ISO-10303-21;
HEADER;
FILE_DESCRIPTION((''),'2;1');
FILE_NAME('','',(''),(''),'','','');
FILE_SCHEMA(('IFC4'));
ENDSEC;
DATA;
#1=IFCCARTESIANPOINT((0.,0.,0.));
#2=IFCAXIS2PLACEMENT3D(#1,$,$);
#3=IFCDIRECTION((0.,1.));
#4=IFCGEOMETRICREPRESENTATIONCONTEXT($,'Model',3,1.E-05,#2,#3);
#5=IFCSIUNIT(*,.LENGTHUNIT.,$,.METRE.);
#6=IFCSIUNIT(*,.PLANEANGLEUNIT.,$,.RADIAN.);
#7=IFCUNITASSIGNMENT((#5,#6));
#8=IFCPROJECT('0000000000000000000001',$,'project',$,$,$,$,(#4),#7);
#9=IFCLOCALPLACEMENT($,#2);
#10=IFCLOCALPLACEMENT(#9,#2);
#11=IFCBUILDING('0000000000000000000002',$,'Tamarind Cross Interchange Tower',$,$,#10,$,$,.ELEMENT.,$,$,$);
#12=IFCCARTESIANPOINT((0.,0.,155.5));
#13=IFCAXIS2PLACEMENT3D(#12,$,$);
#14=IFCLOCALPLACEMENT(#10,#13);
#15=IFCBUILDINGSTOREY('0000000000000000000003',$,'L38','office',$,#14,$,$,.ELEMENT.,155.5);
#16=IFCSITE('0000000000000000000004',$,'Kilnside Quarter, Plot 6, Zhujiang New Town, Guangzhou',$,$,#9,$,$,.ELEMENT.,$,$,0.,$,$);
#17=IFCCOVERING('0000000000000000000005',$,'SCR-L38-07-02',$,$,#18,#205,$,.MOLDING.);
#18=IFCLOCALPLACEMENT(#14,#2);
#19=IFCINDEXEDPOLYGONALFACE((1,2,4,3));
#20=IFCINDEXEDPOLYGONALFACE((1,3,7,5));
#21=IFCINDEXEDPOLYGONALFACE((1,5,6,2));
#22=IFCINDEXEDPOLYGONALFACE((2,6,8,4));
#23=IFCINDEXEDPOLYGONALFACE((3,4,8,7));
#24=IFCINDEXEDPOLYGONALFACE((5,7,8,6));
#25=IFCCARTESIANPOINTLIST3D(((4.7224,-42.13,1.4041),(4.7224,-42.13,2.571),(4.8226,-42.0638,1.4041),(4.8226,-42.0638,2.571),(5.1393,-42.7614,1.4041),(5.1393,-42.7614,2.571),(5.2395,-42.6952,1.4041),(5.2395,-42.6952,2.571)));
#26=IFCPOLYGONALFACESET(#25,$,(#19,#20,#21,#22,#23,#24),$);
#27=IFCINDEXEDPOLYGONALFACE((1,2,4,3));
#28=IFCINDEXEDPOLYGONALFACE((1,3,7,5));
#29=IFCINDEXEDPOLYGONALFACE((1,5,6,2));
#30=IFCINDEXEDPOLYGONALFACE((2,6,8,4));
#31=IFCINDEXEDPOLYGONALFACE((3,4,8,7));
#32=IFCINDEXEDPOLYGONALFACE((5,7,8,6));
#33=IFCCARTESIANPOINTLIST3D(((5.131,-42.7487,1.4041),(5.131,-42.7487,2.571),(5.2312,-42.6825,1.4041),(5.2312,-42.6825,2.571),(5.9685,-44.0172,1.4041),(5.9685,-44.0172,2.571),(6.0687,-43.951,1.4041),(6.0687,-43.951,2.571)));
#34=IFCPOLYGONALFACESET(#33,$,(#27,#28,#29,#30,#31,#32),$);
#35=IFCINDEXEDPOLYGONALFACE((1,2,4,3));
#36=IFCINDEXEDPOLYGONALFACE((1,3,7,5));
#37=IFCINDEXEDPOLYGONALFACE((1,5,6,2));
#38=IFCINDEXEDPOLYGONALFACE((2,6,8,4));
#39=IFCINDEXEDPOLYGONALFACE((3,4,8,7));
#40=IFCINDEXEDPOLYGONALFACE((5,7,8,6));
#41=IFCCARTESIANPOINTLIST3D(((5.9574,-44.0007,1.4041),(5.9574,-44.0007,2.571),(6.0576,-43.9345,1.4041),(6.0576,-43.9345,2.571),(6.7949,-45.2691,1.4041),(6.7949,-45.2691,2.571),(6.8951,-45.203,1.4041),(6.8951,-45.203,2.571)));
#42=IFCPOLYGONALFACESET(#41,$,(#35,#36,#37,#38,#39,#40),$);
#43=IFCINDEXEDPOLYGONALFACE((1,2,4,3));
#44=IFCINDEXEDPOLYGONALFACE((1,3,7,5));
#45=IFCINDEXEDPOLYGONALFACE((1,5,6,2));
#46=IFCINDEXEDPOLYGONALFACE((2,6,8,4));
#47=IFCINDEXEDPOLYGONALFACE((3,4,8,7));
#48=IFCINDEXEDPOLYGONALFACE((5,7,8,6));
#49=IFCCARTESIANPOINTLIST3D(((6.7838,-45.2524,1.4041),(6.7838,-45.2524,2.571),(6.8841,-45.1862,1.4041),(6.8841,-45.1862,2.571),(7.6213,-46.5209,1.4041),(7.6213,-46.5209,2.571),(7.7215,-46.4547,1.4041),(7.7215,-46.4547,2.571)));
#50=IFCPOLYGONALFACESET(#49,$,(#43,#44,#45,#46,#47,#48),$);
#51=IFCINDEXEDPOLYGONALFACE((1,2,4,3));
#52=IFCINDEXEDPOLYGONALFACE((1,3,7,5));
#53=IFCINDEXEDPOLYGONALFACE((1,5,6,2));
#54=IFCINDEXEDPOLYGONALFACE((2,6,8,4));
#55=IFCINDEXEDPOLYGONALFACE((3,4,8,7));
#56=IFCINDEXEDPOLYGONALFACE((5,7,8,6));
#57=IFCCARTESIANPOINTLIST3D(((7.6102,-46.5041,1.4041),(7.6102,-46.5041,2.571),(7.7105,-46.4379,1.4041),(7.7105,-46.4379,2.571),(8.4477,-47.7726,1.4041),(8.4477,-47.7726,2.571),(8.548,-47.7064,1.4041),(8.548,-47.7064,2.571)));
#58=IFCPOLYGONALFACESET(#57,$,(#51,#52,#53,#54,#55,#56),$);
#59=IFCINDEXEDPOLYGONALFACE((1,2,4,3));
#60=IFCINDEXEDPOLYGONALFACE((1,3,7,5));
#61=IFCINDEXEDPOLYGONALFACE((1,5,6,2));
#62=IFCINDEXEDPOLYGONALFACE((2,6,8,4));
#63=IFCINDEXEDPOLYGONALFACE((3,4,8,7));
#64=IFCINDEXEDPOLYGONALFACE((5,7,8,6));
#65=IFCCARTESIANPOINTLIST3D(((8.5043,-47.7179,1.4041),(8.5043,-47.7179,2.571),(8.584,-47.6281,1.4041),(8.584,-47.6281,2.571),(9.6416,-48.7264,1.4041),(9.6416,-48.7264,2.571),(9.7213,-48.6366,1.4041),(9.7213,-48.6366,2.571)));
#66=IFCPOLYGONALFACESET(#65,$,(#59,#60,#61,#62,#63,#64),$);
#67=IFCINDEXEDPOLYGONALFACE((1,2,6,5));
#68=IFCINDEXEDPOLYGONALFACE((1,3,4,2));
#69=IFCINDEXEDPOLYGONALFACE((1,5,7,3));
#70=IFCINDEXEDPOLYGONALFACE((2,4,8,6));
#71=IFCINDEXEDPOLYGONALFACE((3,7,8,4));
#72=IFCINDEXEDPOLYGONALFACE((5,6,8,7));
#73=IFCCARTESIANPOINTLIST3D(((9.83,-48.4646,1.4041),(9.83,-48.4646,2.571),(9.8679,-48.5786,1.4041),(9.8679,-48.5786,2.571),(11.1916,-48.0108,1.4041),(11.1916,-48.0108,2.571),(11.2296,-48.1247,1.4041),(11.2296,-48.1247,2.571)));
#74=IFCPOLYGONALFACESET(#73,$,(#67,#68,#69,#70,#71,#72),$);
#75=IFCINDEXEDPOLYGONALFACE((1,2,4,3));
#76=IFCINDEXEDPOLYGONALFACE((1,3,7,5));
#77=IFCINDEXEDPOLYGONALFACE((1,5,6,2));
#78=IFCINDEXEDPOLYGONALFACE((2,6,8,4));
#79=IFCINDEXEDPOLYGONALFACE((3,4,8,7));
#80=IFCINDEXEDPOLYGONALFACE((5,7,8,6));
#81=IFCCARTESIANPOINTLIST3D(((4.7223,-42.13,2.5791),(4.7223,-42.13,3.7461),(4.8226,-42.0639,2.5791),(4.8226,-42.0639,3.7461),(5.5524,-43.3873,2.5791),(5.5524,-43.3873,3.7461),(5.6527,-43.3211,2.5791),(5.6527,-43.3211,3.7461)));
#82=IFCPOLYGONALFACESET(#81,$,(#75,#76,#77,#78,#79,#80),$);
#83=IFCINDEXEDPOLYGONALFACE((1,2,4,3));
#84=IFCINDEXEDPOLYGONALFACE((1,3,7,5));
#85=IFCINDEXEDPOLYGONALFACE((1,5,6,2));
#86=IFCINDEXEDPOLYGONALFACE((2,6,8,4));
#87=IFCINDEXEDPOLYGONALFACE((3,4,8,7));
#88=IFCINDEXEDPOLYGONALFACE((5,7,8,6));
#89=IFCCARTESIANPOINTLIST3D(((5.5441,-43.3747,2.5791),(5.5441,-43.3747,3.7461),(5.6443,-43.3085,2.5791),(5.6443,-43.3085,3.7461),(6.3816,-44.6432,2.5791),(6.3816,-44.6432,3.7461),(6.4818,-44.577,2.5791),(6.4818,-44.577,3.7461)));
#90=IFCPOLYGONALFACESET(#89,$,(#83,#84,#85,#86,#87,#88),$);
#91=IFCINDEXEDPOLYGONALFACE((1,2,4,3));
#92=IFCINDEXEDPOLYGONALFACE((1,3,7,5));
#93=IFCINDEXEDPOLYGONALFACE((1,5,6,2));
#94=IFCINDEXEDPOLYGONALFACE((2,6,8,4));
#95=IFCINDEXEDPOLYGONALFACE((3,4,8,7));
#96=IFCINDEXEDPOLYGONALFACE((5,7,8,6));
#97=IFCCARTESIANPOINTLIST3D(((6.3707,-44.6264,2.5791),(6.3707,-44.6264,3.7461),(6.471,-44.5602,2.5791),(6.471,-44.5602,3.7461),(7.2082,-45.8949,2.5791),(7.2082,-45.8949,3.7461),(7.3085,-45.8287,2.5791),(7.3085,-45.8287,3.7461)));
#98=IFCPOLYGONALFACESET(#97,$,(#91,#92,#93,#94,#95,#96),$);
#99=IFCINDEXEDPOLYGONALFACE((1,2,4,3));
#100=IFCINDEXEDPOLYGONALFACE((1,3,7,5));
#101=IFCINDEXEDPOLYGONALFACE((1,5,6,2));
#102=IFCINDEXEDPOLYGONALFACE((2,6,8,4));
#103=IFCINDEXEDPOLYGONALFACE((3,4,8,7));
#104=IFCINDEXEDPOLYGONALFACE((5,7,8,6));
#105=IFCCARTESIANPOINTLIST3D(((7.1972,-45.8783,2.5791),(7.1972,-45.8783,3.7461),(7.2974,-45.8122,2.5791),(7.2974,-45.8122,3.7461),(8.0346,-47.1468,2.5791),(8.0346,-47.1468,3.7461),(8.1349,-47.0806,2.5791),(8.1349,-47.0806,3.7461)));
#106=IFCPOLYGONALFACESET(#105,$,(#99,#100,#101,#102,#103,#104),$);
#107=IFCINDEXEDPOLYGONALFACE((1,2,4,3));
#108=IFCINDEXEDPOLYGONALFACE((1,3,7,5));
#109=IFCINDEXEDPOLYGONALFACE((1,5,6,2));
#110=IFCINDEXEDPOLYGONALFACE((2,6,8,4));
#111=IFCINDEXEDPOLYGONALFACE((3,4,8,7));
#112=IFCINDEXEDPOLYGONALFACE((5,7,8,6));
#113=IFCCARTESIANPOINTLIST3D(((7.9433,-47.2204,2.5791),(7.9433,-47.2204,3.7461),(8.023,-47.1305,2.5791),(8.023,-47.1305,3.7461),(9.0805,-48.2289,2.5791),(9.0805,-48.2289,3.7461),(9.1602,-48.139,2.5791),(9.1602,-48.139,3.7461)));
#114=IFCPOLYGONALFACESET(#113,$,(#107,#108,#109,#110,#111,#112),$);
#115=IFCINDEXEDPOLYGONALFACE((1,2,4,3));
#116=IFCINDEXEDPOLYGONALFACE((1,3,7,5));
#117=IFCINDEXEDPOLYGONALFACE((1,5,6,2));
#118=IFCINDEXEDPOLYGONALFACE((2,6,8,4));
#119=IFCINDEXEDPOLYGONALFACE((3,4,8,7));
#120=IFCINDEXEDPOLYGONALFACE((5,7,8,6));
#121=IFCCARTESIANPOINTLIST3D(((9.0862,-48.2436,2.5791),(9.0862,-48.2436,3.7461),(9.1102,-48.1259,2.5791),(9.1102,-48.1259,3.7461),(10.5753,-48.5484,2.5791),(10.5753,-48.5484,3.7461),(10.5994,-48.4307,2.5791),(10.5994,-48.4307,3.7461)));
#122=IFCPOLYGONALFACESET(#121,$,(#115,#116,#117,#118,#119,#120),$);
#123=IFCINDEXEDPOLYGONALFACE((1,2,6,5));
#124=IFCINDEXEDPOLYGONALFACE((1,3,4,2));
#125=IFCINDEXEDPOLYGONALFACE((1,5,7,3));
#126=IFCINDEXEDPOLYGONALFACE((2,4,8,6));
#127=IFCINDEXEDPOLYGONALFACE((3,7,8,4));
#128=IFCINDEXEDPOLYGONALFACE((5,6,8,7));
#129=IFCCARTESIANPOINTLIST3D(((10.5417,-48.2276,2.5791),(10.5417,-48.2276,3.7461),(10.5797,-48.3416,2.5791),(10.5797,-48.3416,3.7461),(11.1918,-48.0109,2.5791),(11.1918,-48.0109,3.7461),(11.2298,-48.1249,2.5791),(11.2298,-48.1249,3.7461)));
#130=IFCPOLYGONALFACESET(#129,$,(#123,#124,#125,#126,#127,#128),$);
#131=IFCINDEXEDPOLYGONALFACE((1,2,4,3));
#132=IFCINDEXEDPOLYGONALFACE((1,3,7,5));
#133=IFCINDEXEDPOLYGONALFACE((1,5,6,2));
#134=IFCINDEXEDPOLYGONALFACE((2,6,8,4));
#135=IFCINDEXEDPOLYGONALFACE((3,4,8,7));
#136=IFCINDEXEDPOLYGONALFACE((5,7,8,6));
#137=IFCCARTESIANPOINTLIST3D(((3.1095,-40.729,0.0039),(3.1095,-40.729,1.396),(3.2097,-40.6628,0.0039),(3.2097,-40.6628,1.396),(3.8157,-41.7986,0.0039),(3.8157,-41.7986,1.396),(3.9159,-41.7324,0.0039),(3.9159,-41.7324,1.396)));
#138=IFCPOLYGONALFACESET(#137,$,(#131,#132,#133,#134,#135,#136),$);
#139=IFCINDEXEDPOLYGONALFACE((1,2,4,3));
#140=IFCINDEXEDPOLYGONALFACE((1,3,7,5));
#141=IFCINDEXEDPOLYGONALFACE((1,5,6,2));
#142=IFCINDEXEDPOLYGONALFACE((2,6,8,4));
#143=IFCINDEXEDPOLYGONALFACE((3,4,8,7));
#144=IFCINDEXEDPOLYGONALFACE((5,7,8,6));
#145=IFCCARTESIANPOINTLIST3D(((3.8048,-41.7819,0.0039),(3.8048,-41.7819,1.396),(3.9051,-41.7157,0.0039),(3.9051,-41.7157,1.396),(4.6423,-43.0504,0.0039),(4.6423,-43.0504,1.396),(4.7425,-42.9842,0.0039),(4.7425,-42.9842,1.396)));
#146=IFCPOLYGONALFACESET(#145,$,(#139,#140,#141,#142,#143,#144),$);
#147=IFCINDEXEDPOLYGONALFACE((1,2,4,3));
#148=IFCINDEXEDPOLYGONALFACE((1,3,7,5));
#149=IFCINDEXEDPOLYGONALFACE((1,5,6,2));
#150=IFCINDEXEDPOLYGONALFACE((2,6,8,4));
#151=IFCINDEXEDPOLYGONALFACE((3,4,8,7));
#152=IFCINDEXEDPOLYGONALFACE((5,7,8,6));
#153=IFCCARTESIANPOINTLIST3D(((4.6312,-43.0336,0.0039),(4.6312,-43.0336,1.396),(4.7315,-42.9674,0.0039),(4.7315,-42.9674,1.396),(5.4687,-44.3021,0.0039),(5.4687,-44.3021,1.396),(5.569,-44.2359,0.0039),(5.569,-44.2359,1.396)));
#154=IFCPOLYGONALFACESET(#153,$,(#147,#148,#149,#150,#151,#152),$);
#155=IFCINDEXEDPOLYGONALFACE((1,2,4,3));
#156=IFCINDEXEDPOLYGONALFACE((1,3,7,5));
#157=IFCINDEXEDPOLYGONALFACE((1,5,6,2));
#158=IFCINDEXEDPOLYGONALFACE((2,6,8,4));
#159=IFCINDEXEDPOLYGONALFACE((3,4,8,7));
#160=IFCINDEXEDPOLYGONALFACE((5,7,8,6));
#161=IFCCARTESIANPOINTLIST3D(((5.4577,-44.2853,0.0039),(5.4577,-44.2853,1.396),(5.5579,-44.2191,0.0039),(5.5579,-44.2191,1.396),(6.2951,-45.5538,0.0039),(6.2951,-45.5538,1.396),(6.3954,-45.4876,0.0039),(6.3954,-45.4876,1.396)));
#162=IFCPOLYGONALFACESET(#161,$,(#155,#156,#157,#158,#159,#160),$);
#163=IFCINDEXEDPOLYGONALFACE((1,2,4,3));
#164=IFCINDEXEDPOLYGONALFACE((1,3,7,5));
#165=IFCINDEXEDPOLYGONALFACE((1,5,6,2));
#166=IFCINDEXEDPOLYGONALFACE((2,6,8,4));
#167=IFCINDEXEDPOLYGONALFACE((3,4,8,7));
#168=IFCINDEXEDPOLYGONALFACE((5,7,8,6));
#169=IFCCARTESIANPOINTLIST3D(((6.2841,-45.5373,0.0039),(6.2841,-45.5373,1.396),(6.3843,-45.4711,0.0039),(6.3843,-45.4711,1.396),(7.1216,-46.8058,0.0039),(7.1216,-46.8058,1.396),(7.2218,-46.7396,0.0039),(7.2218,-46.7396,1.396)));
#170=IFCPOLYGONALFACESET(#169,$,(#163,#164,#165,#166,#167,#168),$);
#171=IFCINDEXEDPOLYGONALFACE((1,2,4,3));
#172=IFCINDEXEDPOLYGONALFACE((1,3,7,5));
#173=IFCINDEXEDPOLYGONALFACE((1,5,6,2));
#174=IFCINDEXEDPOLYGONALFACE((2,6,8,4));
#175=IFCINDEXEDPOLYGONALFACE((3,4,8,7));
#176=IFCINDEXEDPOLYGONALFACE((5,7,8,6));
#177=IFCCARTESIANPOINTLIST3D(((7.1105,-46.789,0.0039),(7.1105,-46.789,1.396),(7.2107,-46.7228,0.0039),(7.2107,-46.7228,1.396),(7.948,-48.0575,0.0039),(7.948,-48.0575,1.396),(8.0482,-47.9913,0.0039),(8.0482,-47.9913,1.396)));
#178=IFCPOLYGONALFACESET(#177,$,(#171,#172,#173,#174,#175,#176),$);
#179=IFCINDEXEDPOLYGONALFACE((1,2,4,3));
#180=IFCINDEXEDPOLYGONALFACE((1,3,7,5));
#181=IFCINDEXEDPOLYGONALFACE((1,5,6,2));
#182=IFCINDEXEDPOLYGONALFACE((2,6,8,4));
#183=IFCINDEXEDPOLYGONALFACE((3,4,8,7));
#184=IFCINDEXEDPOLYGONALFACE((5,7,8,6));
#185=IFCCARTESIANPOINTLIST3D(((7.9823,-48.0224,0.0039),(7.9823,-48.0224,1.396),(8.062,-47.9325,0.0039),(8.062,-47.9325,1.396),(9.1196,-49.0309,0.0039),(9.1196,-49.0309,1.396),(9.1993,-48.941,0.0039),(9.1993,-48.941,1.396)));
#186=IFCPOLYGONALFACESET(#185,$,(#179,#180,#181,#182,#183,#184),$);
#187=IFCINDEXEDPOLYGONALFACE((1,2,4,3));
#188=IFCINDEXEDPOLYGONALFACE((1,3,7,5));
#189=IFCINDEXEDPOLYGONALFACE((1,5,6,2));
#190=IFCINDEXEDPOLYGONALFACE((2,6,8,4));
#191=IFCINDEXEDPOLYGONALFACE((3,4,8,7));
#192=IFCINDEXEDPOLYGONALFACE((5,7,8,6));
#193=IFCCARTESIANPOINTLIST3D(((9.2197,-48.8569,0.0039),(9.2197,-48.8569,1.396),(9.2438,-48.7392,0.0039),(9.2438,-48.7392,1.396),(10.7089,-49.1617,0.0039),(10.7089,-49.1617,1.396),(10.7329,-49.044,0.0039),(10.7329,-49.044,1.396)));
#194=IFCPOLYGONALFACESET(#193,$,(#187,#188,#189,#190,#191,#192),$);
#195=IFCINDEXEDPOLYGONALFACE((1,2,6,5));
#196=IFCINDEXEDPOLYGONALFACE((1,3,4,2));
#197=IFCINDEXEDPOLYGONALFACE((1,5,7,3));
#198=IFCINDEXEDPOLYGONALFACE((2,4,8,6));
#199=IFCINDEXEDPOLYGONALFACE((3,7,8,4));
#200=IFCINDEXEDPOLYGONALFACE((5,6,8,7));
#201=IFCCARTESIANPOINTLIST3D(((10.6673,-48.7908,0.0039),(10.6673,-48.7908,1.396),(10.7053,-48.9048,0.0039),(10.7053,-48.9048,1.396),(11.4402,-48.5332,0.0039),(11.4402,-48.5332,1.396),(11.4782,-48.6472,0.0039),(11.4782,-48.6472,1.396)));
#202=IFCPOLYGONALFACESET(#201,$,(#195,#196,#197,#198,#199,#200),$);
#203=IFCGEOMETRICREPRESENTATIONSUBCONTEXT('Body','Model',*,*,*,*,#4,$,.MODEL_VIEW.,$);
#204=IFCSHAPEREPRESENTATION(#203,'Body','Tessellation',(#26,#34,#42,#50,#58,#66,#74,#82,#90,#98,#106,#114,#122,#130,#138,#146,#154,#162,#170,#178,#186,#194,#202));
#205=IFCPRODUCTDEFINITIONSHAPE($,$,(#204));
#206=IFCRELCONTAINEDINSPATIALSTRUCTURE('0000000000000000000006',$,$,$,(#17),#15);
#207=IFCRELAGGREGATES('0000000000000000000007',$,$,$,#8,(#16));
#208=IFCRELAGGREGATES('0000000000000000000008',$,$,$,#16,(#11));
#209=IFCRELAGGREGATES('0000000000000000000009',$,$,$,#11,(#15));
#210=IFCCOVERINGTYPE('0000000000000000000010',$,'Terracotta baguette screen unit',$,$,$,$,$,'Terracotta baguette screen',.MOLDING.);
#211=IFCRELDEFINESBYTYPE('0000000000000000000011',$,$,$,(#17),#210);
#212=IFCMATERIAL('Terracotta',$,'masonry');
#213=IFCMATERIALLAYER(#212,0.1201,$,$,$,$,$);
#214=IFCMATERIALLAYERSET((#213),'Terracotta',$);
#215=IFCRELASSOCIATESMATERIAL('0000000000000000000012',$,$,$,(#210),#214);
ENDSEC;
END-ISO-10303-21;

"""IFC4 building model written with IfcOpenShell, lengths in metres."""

from ifc_helpers import new_model, si_unit, direction, frame, origin, origin_2d, place, context, subcontext, project, spatial, rectangle, extrude, material, layer, layer_set, type_object, element, save


model = new_model("IFC4")

# Units and contexts
model_context = context("Model", 3, precision=1e-05, world=origin(), true_north=direction((0.0, 1.0)))
body_context = subcontext(model_context, "Body", "Model", "MODEL_VIEW")
ifc_project = project(units=[si_unit("LENGTHUNIT", "METRE"), si_unit("PLANEANGLEUNIT", "RADIAN")], contexts=[model_context])

# Site, building, storey
site_placement = place(None, origin())
site = spatial("IfcSite", under=ifc_project, at=site_placement, Name="Kilnside Quarter, Plot 6, Zhujiang New Town, Guangzhou", CompositionType="ELEMENT", RefElevation=0.0)
building_placement = place(site_placement, origin())
building = spatial("IfcBuilding", under=site, at=building_placement, Name="Tamarind Cross Interchange Tower", CompositionType="ELEMENT")
storey_placement = place(building_placement, frame((0.0, 0.0, 155.5)))
storey = spatial("IfcBuildingStorey", under=building, at=storey_placement, Name="L38", Description="office", CompositionType="ELEMENT", Elevation=155.5)

# Covering
ifc_material_1 = material(Name="Terracotta", Category="masonry")
ifc_layer_1 = layer(ifc_material_1, 0.1201)
ifc_layer_set_1 = layer_set([ifc_layer_1], Name="Terracotta")
covering_type = type_object("IfcCoveringType", Name="Terracotta baguette screen unit", ElementType="Terracotta baguette screen", PredefinedType="MOLDING", material=ifc_layer_set_1)
covering_1_placement = place(storey_placement, origin())
element("IfcCovering", 1, at=covering_1_placement, inside=storey, type_object=covering_type, Name="SCR-L38-07-02", PredefinedType="MOLDING", context=body_context, shape_type="SweptSolid", body=[
    extrude(rectangle(XDim=0.7566, YDim=0.1201, at=origin_2d()), frame((4.981, -42.4126, 1.4041), z_axis=(0.0, 0.0, 1.0), x_axis=(0.55097, -0.834525, 0.0)), (0.0, 0.0, 1.0), 1.167),
    extrude(rectangle(XDim=1.52, YDim=0.1201, at=origin_2d()), frame((5.5999, -43.3499, 1.4041), z_axis=(0.0, 0.0, 1.0), x_axis=(0.55097, -0.834525, 0.0)), (0.0, 0.0, 1.0), 1.167),
    extrude(rectangle(XDim=1.52, YDim=0.1201, at=origin_2d()), frame((6.4263, -44.6018, 1.4041), z_axis=(0.0, 0.0, 1.0), x_axis=(0.55097, -0.834525, 0.0)), (0.0, 0.0, 1.0), 1.167),
    extrude(rectangle(XDim=1.52, YDim=0.1201, at=origin_2d()), frame((7.2527, -45.8535, 1.4041), z_axis=(0.0, 0.0, 1.0), x_axis=(0.55097, -0.834525, 0.0)), (0.0, 0.0, 1.0), 1.167),
    extrude(rectangle(XDim=1.52, YDim=0.1201, at=origin_2d()), frame((8.0791, -47.1052, 1.4041), z_axis=(0.0, 0.0, 1.0), x_axis=(0.55097, -0.834525, 0.0)), (0.0, 0.0, 1.0), 1.167),
    extrude(rectangle(XDim=1.52, YDim=0.1201, at=origin_2d()), frame((9.1128, -48.1772, 1.4041), z_axis=(0.0, 0.0, 1.0), x_axis=(0.748187, -0.663488, 0.0)), (0.0, 0.0, 1.0), 1.167),
    extrude(rectangle(XDim=1.4353, YDim=0.1201, at=origin_2d()), frame((10.5298, -48.2947, 1.4041), z_axis=(0.0, 0.0, 1.0), x_axis=(0.948691, 0.316205, 0.0)), (0.0, 0.0, 1.0), 1.167),
    extrude(rectangle(XDim=1.5066, YDim=0.1201, at=origin_2d()), frame((5.1875, -42.7256, 2.5791), z_axis=(0.0, 0.0, 1.0), x_axis=(0.55097, -0.834525, 0.0)), (0.0, 0.0, 1.0), 1.167),
    extrude(rectangle(XDim=1.52, YDim=0.1201, at=origin_2d()), frame((6.0129, -43.9758, 2.5791), z_axis=(0.0, 0.0, 1.0), x_axis=(0.55097, -0.834525, 0.0)), (0.0, 0.0, 1.0), 1.167),
    extrude(rectangle(XDim=1.52, YDim=0.1201, at=origin_2d()), frame((6.8396, -45.2275, 2.5791), z_axis=(0.0, 0.0, 1.0), x_axis=(0.55097, -0.834525, 0.0)), (0.0, 0.0, 1.0), 1.167),
    extrude(rectangle(XDim=1.52, YDim=0.1201, at=origin_2d()), frame((7.666, -46.4795, 2.5791), z_axis=(0.0, 0.0, 1.0), x_axis=(0.55097, -0.834525, 0.0)), (0.0, 0.0, 1.0), 1.167),
    extrude(rectangle(XDim=1.52, YDim=0.1201, at=origin_2d()), frame((8.5518, -47.6797, 2.5791), z_axis=(0.0, 0.0, 1.0), x_axis=(0.748187, -0.663488, 0.0)), (0.0, 0.0, 1.0), 1.167),
    extrude(rectangle(XDim=1.52, YDim=0.1201, at=origin_2d()), frame((9.8428, -48.3372, 2.5791), z_axis=(0.0, 0.0, 1.0), x_axis=(0.979693, -0.200503, 0.0)), (0.0, 0.0, 1.0), 1.167),
    extrude(rectangle(XDim=0.6853, YDim=0.1201, at=origin_2d()), frame((10.8857, -48.1763, 2.5791), z_axis=(0.0, 0.0, 1.0), x_axis=(0.948691, 0.316205, 0.0)), (0.0, 0.0, 1.0), 1.167),
    extrude(rectangle(XDim=1.2817, YDim=0.1201, at=origin_2d()), frame((3.5127, -41.2307, 0.0039), z_axis=(0.0, 0.0, 1.0), x_axis=(0.55097, -0.834525, 0.0)), (0.0, 0.0, 1.0), 1.3921),
    extrude(rectangle(XDim=1.52, YDim=0.1201, at=origin_2d()), frame((4.2737, -42.3831, 0.0039), z_axis=(0.0, 0.0, 1.0), x_axis=(0.55097, -0.834525, 0.0)), (0.0, 0.0, 1.0), 1.3921),
    extrude(rectangle(XDim=1.52, YDim=0.1201, at=origin_2d()), frame((5.1001, -43.6348, 0.0039), z_axis=(0.0, 0.0, 1.0), x_axis=(0.55097, -0.834525, 0.0)), (0.0, 0.0, 1.0), 1.3921),
    extrude(rectangle(XDim=1.52, YDim=0.1201, at=origin_2d()), frame((5.9265, -44.8865, 0.0039), z_axis=(0.0, 0.0, 1.0), x_axis=(0.55097, -0.834525, 0.0)), (0.0, 0.0, 1.0), 1.3921),
    extrude(rectangle(XDim=1.52, YDim=0.1201, at=origin_2d()), frame((6.7529, -46.1384, 0.0039), z_axis=(0.0, 0.0, 1.0), x_axis=(0.55097, -0.834525, 0.0)), (0.0, 0.0, 1.0), 1.3921),
    extrude(rectangle(XDim=1.52, YDim=0.1201, at=origin_2d()), frame((7.5793, -47.3901, 0.0039), z_axis=(0.0, 0.0, 1.0), x_axis=(0.55097, -0.834525, 0.0)), (0.0, 0.0, 1.0), 1.3921),
    extrude(rectangle(XDim=1.52, YDim=0.1201, at=origin_2d()), frame((8.5908, -48.4817, 0.0039), z_axis=(0.0, 0.0, 1.0), x_axis=(0.748187, -0.663488, 0.0)), (0.0, 0.0, 1.0), 1.3921),
    extrude(rectangle(XDim=1.52, YDim=0.1201, at=origin_2d()), frame((9.9763, -48.9504, 0.0039), z_axis=(0.0, 0.0, 1.0), x_axis=(0.979693, -0.200503, 0.0)), (0.0, 0.0, 1.0), 1.3921),
    extrude(rectangle(XDim=0.8147, YDim=0.1201, at=origin_2d()), frame((11.0728, -48.719, 0.0039), z_axis=(0.0, 0.0, 1.0), x_axis=(0.948691, 0.316205, 0.0)), (0.0, 0.0, 1.0), 1.3921),
])

save(model, "model.ifc")
